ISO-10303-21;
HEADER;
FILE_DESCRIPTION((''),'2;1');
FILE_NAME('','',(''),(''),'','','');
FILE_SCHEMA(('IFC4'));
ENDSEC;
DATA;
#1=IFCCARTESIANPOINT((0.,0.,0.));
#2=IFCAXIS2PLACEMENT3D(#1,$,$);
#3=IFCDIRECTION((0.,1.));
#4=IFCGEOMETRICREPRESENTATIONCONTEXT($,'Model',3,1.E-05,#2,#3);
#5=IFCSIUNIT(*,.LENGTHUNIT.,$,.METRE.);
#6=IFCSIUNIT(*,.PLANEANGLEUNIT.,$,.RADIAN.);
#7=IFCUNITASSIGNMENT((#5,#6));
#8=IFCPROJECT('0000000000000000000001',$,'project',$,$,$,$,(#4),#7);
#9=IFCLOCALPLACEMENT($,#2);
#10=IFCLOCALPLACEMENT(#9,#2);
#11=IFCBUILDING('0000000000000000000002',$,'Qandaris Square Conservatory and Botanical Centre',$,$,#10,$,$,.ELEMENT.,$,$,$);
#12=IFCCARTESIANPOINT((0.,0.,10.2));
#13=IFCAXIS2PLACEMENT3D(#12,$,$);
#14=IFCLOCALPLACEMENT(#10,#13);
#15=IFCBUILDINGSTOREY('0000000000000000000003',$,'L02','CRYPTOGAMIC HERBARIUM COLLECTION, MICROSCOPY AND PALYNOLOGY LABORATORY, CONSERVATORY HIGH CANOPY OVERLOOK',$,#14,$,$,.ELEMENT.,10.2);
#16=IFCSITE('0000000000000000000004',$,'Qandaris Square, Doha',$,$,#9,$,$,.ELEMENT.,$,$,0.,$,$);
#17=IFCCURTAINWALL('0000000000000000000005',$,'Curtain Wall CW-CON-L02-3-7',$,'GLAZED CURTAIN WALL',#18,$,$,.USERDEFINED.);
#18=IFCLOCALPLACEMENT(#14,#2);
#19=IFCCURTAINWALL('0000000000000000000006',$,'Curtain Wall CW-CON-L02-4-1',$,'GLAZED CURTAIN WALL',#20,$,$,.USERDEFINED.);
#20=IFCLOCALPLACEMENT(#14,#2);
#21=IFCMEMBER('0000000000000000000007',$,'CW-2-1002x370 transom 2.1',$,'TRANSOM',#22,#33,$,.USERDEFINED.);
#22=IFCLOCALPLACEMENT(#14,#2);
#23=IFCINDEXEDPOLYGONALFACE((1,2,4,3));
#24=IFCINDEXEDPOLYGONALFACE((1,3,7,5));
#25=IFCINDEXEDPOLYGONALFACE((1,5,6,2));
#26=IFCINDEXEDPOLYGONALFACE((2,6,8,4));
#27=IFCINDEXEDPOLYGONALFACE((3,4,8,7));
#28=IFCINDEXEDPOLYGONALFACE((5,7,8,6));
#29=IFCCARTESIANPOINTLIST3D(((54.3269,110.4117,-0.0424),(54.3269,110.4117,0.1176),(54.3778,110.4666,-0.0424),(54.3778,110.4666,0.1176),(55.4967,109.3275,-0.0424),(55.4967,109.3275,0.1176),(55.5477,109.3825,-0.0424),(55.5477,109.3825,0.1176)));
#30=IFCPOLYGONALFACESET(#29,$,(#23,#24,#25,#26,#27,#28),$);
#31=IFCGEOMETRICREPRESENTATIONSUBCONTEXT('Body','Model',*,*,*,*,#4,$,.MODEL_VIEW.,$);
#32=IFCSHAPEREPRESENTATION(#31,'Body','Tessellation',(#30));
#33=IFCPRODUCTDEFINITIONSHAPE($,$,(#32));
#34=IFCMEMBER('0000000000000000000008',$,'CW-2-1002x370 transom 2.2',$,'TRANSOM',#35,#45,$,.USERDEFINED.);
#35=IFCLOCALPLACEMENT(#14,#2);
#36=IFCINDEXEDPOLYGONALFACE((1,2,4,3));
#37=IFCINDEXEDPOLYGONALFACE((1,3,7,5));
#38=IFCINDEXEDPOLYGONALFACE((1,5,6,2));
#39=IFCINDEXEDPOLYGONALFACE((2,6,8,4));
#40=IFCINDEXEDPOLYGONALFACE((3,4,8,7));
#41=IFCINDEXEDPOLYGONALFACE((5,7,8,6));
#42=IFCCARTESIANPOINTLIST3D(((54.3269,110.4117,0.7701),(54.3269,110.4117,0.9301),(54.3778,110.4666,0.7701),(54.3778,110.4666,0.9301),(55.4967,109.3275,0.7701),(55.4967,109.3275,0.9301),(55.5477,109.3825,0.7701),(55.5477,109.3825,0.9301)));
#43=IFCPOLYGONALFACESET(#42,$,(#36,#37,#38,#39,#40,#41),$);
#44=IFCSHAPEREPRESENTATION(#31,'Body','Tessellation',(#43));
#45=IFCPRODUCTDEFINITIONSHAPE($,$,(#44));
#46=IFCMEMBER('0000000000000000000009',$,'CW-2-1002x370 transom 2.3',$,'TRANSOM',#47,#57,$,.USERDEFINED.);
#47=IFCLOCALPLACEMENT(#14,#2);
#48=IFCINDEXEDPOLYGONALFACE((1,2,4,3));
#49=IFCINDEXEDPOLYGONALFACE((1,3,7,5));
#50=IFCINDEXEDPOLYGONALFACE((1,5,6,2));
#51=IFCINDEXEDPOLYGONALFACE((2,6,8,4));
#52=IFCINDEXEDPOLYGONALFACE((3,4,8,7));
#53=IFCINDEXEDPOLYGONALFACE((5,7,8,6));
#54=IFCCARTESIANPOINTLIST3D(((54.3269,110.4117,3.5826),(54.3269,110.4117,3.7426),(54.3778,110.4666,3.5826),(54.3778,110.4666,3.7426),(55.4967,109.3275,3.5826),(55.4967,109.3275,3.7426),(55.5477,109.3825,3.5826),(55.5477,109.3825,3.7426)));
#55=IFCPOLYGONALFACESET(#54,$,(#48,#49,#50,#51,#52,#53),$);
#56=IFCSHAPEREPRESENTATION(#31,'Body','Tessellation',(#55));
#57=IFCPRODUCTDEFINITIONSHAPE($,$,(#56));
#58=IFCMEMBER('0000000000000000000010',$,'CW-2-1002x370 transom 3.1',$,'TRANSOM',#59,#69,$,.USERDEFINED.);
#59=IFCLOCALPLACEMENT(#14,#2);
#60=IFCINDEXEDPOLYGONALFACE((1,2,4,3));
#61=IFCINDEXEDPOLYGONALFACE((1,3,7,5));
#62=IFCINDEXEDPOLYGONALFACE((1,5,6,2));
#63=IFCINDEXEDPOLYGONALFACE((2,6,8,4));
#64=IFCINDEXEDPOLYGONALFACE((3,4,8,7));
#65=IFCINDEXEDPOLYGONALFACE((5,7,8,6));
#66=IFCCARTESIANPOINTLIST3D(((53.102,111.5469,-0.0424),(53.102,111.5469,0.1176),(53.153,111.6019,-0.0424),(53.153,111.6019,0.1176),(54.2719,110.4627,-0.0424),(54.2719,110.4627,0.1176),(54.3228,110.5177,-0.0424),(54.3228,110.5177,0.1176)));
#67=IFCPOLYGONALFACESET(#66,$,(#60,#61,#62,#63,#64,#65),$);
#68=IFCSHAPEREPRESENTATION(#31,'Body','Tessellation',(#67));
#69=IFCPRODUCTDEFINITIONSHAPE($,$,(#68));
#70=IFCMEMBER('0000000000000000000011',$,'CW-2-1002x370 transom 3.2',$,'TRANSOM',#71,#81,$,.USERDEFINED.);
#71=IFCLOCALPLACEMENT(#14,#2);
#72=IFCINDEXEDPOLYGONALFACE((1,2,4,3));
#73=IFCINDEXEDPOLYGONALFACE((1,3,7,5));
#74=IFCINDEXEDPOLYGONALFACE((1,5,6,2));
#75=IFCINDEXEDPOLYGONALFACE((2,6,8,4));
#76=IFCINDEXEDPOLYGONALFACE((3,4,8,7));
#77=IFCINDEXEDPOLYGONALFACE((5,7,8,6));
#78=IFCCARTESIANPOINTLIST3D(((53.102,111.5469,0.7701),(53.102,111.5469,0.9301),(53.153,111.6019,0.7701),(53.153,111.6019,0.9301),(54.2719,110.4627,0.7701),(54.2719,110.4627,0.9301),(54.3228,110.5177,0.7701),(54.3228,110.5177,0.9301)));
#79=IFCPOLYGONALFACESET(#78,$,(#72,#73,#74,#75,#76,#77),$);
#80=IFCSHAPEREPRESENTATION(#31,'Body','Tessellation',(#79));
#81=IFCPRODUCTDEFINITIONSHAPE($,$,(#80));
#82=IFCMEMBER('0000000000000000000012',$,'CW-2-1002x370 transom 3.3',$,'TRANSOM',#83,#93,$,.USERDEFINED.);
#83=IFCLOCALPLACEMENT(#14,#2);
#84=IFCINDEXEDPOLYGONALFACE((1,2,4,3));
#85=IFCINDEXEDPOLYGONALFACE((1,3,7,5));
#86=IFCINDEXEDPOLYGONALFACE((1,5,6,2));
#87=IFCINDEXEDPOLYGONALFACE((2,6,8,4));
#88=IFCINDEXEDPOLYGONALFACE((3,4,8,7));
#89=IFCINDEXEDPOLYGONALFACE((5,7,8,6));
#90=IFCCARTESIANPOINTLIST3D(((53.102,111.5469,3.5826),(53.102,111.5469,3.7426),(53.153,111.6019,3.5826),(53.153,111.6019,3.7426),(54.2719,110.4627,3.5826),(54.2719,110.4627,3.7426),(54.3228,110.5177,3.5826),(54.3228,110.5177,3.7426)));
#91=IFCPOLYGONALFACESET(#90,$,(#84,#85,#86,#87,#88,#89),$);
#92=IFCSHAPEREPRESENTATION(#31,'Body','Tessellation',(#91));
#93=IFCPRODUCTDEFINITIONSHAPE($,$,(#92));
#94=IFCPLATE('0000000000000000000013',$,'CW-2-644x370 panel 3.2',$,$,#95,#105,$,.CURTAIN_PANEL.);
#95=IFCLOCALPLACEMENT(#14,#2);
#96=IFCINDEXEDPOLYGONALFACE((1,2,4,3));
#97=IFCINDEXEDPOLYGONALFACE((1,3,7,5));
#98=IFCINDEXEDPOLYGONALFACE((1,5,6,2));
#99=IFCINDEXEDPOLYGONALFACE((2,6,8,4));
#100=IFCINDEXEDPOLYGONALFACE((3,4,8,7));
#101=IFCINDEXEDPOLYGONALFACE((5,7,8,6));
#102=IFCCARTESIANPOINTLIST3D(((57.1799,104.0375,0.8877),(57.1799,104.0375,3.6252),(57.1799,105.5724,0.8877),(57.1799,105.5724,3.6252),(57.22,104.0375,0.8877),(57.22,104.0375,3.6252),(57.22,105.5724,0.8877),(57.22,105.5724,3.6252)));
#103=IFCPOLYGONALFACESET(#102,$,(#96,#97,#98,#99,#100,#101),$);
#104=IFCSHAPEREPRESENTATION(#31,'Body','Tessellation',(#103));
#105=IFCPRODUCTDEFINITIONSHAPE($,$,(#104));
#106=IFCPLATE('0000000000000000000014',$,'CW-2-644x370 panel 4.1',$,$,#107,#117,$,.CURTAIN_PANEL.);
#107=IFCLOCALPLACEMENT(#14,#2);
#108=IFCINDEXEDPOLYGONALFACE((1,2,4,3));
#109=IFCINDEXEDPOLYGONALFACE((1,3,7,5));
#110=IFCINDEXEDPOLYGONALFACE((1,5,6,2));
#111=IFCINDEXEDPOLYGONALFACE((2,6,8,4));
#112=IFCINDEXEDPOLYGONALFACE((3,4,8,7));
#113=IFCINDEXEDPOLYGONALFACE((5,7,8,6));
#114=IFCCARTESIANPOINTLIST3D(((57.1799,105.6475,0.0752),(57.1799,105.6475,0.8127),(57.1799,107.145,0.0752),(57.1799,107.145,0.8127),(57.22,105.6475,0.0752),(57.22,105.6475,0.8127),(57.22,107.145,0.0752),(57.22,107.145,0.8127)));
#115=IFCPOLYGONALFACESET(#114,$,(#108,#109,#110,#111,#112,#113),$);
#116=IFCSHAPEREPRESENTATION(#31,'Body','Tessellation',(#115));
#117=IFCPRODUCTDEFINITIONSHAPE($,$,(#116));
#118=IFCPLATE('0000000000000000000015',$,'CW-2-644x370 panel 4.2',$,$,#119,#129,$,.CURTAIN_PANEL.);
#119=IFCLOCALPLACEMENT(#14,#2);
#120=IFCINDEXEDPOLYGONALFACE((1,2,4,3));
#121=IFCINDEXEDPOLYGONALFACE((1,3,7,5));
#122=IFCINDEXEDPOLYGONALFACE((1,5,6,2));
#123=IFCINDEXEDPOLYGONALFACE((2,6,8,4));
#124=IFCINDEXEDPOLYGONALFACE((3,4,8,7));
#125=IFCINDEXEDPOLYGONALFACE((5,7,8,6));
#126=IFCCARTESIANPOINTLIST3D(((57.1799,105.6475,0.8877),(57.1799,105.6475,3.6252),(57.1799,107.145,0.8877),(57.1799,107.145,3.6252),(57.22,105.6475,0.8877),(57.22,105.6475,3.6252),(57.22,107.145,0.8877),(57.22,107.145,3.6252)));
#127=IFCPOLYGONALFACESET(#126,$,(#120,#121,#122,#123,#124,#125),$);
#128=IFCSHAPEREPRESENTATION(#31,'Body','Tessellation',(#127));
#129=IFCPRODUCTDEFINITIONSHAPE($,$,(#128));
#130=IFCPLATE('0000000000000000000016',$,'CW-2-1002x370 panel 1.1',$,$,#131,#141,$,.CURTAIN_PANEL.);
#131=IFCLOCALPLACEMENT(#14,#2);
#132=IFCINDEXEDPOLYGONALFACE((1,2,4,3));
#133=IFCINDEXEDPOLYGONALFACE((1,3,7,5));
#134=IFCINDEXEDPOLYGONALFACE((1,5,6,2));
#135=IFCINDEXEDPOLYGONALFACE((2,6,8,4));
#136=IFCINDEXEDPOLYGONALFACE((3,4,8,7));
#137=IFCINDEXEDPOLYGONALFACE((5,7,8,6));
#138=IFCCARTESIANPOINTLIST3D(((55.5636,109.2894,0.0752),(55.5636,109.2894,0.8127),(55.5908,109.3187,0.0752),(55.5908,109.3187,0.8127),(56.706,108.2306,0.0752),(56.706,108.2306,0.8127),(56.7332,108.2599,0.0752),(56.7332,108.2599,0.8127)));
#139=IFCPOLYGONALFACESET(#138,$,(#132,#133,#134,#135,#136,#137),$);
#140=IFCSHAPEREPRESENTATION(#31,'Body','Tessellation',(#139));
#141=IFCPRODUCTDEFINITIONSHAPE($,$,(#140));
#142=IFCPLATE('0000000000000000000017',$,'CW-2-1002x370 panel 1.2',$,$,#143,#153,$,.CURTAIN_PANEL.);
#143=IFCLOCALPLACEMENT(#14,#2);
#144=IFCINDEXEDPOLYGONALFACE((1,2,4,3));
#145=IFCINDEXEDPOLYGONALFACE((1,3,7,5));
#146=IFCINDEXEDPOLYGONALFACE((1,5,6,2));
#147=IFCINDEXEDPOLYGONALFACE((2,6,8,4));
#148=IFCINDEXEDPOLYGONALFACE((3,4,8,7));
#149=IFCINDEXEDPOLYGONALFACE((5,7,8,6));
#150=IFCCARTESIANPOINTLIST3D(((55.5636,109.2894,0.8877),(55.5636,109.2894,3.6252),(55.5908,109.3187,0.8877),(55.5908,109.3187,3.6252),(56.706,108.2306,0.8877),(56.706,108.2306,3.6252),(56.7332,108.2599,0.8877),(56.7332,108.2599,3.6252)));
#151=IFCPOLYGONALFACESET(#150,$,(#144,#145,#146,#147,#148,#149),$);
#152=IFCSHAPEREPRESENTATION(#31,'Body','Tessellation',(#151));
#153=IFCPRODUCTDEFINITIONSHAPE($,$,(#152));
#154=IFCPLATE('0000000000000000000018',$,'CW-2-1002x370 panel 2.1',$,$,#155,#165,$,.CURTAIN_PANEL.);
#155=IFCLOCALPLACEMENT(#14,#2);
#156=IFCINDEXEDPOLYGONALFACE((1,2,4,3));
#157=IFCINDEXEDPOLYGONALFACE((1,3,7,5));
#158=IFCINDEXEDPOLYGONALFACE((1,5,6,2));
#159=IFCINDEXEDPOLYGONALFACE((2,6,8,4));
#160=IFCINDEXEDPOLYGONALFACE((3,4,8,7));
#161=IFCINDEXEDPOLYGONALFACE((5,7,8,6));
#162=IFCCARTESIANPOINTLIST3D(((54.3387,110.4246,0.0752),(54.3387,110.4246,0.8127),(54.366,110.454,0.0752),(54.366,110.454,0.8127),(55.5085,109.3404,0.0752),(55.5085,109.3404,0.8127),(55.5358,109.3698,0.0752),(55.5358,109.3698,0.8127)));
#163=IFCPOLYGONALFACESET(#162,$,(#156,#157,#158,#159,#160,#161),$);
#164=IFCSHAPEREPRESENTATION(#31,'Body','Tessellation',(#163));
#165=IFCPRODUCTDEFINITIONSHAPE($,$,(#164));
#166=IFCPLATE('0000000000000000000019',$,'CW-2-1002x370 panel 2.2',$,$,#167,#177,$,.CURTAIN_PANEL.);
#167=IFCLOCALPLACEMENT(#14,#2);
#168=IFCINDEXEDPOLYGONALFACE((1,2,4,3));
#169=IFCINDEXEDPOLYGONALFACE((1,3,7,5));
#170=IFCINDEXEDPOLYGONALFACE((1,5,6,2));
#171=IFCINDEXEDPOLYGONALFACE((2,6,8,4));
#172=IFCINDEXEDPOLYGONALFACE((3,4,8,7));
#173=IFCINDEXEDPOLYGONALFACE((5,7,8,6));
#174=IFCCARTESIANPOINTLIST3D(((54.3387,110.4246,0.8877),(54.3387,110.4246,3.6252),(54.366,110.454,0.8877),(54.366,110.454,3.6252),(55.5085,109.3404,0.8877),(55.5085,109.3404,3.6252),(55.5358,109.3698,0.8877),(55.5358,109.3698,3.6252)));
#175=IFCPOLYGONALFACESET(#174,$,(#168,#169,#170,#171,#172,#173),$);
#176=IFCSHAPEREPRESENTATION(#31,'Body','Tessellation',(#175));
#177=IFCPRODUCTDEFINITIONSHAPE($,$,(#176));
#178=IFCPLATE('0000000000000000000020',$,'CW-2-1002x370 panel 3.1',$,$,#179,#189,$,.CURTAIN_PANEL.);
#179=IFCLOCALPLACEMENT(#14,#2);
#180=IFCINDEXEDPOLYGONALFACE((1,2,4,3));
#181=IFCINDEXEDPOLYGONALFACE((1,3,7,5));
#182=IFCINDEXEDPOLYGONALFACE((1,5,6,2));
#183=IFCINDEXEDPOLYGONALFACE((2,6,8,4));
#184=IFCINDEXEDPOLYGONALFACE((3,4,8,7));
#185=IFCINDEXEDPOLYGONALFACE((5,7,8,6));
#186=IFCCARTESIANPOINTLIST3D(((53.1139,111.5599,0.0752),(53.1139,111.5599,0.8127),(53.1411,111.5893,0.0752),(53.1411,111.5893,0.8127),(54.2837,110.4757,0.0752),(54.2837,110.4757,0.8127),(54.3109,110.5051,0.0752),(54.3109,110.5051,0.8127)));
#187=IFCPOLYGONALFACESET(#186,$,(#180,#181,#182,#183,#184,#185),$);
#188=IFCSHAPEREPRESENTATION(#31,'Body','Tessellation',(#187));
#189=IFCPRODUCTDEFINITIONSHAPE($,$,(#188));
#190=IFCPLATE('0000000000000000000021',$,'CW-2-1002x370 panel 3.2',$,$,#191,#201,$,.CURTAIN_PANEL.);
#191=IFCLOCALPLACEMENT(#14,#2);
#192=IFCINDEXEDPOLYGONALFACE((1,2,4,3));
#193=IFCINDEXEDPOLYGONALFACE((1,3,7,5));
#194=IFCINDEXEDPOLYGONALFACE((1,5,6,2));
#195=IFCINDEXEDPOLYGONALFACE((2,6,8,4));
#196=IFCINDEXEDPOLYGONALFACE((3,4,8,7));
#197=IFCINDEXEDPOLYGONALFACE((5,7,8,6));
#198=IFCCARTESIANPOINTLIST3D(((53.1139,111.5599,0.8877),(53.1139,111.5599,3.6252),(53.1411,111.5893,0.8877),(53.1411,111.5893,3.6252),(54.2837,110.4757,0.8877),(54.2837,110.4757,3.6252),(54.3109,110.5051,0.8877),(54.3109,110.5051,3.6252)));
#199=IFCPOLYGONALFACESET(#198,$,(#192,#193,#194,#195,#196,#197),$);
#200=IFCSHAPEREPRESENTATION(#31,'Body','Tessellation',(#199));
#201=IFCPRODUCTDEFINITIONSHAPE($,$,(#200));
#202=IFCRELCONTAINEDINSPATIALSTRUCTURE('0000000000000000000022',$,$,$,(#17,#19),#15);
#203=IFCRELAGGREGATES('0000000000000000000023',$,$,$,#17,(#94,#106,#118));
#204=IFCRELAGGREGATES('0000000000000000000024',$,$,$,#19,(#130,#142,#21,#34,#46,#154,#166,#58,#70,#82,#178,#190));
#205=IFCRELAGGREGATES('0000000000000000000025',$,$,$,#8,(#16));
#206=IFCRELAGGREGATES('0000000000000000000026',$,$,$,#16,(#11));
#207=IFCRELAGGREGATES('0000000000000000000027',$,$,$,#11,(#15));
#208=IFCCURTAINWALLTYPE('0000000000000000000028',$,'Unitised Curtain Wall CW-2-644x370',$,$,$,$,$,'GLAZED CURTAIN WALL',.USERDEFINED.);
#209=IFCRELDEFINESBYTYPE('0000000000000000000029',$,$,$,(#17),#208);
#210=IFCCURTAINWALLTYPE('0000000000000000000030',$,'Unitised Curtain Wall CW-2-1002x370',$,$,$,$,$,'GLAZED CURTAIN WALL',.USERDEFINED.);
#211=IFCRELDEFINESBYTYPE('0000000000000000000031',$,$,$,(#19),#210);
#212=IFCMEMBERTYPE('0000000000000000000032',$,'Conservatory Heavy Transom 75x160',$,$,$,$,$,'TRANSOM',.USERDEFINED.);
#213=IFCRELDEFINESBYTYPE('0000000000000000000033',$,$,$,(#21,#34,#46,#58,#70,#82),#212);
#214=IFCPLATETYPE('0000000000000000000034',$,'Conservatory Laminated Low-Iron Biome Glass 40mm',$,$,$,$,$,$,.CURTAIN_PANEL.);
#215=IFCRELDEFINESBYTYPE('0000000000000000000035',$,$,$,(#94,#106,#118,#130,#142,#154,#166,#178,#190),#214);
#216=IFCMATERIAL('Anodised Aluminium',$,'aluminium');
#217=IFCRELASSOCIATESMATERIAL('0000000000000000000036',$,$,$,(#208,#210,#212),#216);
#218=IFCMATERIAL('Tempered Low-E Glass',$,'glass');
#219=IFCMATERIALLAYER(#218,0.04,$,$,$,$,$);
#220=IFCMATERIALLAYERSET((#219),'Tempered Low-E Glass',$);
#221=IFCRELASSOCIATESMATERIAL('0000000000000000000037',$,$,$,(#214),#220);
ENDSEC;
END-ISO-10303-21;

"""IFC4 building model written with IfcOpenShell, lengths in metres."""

from ifc_helpers import new_model, si_unit, direction, frame, origin, origin_2d, place, context, subcontext, project, spatial, rectangle, extrude, material, layer, layer_set, material_profile, profile_set, type_object, element, aggregate, save


model = new_model("IFC4")

# Units and contexts
model_context = context("Model", 3, precision=1e-05, world=origin(), true_north=direction((0.0, 1.0)))
body_context = subcontext(model_context, "Body", "Model", "MODEL_VIEW")
ifc_project = project(units=[si_unit("LENGTHUNIT", "METRE"), si_unit("PLANEANGLEUNIT", "RADIAN")], contexts=[model_context])

# Site, building, storey
site_placement = place(None, origin())
site = spatial("IfcSite", under=ifc_project, at=site_placement, Name="Qandaris Square, Doha", CompositionType="ELEMENT", RefElevation=0.0)
building_placement = place(site_placement, origin())
building = spatial("IfcBuilding", under=site, at=building_placement, Name="Qandaris Square Conservatory and Botanical Centre", CompositionType="ELEMENT")
storey_placement = place(building_placement, frame((0.0, 0.0, 10.2)))
storey = spatial("IfcBuildingStorey", under=building, at=storey_placement, Name="L02", Description="CRYPTOGAMIC HERBARIUM COLLECTION, MICROSCOPY AND PALYNOLOGY LABORATORY, CONSERVATORY HIGH CANOPY OVERLOOK", CompositionType="ELEMENT", Elevation=10.2)

# Curtain walls
ifc_material_1 = material(Name="Anodised Aluminium", Category="aluminium")
curtain_wall_type_1 = type_object("IfcCurtainWallType", Name="Unitised Curtain Wall CW-2-644x370", ElementType="GLAZED CURTAIN WALL", PredefinedType="USERDEFINED", material=ifc_material_1)
curtain_wall_1_placement = place(storey_placement, origin())
curtain_wall_1 = element("IfcCurtainWall", 1, at=curtain_wall_1_placement, inside=storey, type_object=curtain_wall_type_1, Name="Curtain Wall CW-CON-L02-3-7", ObjectType="GLAZED CURTAIN WALL", PredefinedType="USERDEFINED")
curtain_wall_type_2 = type_object("IfcCurtainWallType", Name="Unitised Curtain Wall CW-2-1002x370", ElementType="GLAZED CURTAIN WALL", PredefinedType="USERDEFINED", material=ifc_material_1)
curtain_wall_2_placement = place(storey_placement, origin())
curtain_wall_2 = element("IfcCurtainWall", 2, at=curtain_wall_2_placement, inside=storey, type_object=curtain_wall_type_2, Name="Curtain Wall CW-CON-L02-4-1", ObjectType="GLAZED CURTAIN WALL", PredefinedType="USERDEFINED")

# Members
ifc_material_profile_1 = material_profile(ifc_material_1, rectangle(XDim=0.075, YDim=0.1599, at=origin_2d()), Name="ALU-TRN 75x160")
ifc_profile_set_1 = profile_set([ifc_material_profile_1], Name="Anodised Aluminium")
member_type_1 = type_object("IfcMemberType", Name="Conservatory Heavy Transom 75x160", ElementType="TRANSOM", PredefinedType="USERDEFINED", material=ifc_profile_set_1)
member_1_placement = place(storey_placement, frame((55.5222, 109.355, 0.0376), z_axis=(-0.733458, 0.679735, 0.0), x_axis=(-0.679735, -0.733458, 0.0)))
member_1 = element("IfcMember", 3, at=member_1_placement, type_object=member_type_1, Name="CW-2-1002x370 transom 2.1", ObjectType="TRANSOM", PredefinedType="USERDEFINED", context=body_context, shape_type="SweptSolid", body=[
    extrude(rectangle(XDim=0.075, YDim=0.1599, at=origin_2d()), origin(), (0.0, 0.0, 1.0), 1.595),
])
member_2_placement = place(storey_placement, frame((55.5222, 109.355, 0.8501), z_axis=(-0.733458, 0.679735, 0.0), x_axis=(-0.679735, -0.733458, 0.0)))
member_2 = element("IfcMember", 4, at=member_2_placement, type_object=member_type_1, Name="CW-2-1002x370 transom 2.2", ObjectType="TRANSOM", PredefinedType="USERDEFINED", context=body_context, shape_type="SweptSolid", body=[
    extrude(rectangle(XDim=0.075, YDim=0.1599, at=origin_2d()), origin(), (0.0, 0.0, 1.0), 1.595),
])
member_3_placement = place(storey_placement, frame((55.5222, 109.355, 3.6626), z_axis=(-0.733458, 0.679735, 0.0), x_axis=(-0.679735, -0.733458, 0.0)))
member_3 = element("IfcMember", 5, at=member_3_placement, type_object=member_type_1, Name="CW-2-1002x370 transom 2.3", ObjectType="TRANSOM", PredefinedType="USERDEFINED", context=body_context, shape_type="SweptSolid", body=[
    extrude(rectangle(XDim=0.075, YDim=0.1599, at=origin_2d()), origin(), (0.0, 0.0, 1.0), 1.595),
])
member_4_placement = place(storey_placement, frame((54.2974, 110.4902, 0.0376), z_axis=(-0.733458, 0.679735, 0.0), x_axis=(-0.679735, -0.733458, 0.0)))
member_4 = element("IfcMember", 6, at=member_4_placement, type_object=member_type_1, Name="CW-2-1002x370 transom 3.1", ObjectType="TRANSOM", PredefinedType="USERDEFINED", context=body_context, shape_type="SweptSolid", body=[
    extrude(rectangle(XDim=0.075, YDim=0.1599, at=origin_2d()), origin(), (0.0, 0.0, 1.0), 1.595),
])
member_5_placement = place(storey_placement, frame((54.2974, 110.4902, 0.8501), z_axis=(-0.733458, 0.679735, 0.0), x_axis=(-0.679735, -0.733458, 0.0)))
member_5 = element("IfcMember", 7, at=member_5_placement, type_object=member_type_1, Name="CW-2-1002x370 transom 3.2", ObjectType="TRANSOM", PredefinedType="USERDEFINED", context=body_context, shape_type="SweptSolid", body=[
    extrude(rectangle(XDim=0.075, YDim=0.1599, at=origin_2d()), origin(), (0.0, 0.0, 1.0), 1.595),
])
member_6_placement = place(storey_placement, frame((54.2974, 110.4902, 3.6626), z_axis=(-0.733458, 0.679735, 0.0), x_axis=(-0.679735, -0.733458, 0.0)))
member_6 = element("IfcMember", 8, at=member_6_placement, type_object=member_type_1, Name="CW-2-1002x370 transom 3.3", ObjectType="TRANSOM", PredefinedType="USERDEFINED", context=body_context, shape_type="SweptSolid", body=[
    extrude(rectangle(XDim=0.075, YDim=0.1599, at=origin_2d()), origin(), (0.0, 0.0, 1.0), 1.595),
])

# Plates
ifc_material_2 = material(Name="Tempered Low-E Glass", Category="glass")
ifc_layer = layer(ifc_material_2, 0.04)
ifc_layer_set = layer_set([ifc_layer], Name="Tempered Low-E Glass")
plate_type = type_object("IfcPlateType", Name="Conservatory Laminated Low-Iron Biome Glass 40mm", PredefinedType="CURTAIN_PANEL", material=ifc_layer_set)
plate_1_placement = place(storey_placement, frame((57.2, 104.8049, 0.8877), z_axis=(0.0, 0.0, 1.0), x_axis=(0.0, 1.0, 0.0)))
plate_1 = element("IfcPlate", 9, at=plate_1_placement, type_object=plate_type, Name="CW-2-644x370 panel 3.2", PredefinedType="CURTAIN_PANEL", context=body_context, shape_type="SweptSolid", body=[
    extrude(rectangle(XDim=1.5349, YDim=0.04, at=origin_2d()), origin(), (0.0, 0.0, 1.0), 2.7375),
])
plate_2_placement = place(storey_placement, frame((57.2, 106.3962, 0.0752), z_axis=(0.0, 0.0, 1.0), x_axis=(0.0, 1.0, 0.0)))
plate_2 = element("IfcPlate", 10, at=plate_2_placement, type_object=plate_type, Name="CW-2-644x370 panel 4.1", PredefinedType="CURTAIN_PANEL", context=body_context, shape_type="SweptSolid", body=[
    extrude(rectangle(XDim=1.4976, YDim=0.04, at=origin_2d()), origin(), (0.0, 0.0, 1.0), 0.7375),
])
plate_3_placement = place(storey_placement, frame((57.2, 106.3962, 0.8877), z_axis=(0.0, 0.0, 1.0), x_axis=(0.0, 1.0, 0.0)))
plate_3 = element("IfcPlate", 11, at=plate_3_placement, type_object=plate_type, Name="CW-2-644x370 panel 4.2", PredefinedType="CURTAIN_PANEL", context=body_context, shape_type="SweptSolid", body=[
    extrude(rectangle(XDim=1.4976, YDim=0.04, at=origin_2d()), origin(), (0.0, 0.0, 1.0), 2.7375),
])
aggregate(curtain_wall_1, [plate_1, plate_2, plate_3])
plate_4_placement = place(storey_placement, frame((56.1484, 108.7747, 0.0752), z_axis=(0.0, 0.0, 1.0), x_axis=(-0.733433, 0.679762, 0.0)))
plate_4 = element("IfcPlate", 12, at=plate_4_placement, type_object=plate_type, Name="CW-2-1002x370 panel 1.1", PredefinedType="CURTAIN_PANEL", context=body_context, shape_type="SweptSolid", body=[
    extrude(rectangle(XDim=1.5576, YDim=0.04, at=origin_2d()), origin(), (0.0, 0.0, 1.0), 0.7375),
])
plate_5_placement = place(storey_placement, frame((56.1484, 108.7747, 0.8877), z_axis=(0.0, 0.0, 1.0), x_axis=(-0.733433, 0.679762, 0.0)))
plate_5 = element("IfcPlate", 13, at=plate_5_placement, type_object=plate_type, Name="CW-2-1002x370 panel 1.2", PredefinedType="CURTAIN_PANEL", context=body_context, shape_type="SweptSolid", body=[
    extrude(rectangle(XDim=1.5576, YDim=0.04, at=origin_2d()), origin(), (0.0, 0.0, 1.0), 2.7375),
])
plate_6_placement = place(storey_placement, frame((54.9373, 109.8972, 0.0752), z_axis=(0.0, 0.0, 1.0), x_axis=(-0.733433, 0.679762, 0.0)))
plate_6 = element("IfcPlate", 14, at=plate_6_placement, type_object=plate_type, Name="CW-2-1002x370 panel 2.1", PredefinedType="CURTAIN_PANEL", context=body_context, shape_type="SweptSolid", body=[
    extrude(rectangle(XDim=1.595, YDim=0.04, at=origin_2d()), origin(), (0.0, 0.0, 1.0), 0.7375),
])
plate_7_placement = place(storey_placement, frame((54.9373, 109.8972, 0.8877), z_axis=(0.0, 0.0, 1.0), x_axis=(-0.733433, 0.679762, 0.0)))
plate_7 = element("IfcPlate", 15, at=plate_7_placement, type_object=plate_type, Name="CW-2-1002x370 panel 2.2", PredefinedType="CURTAIN_PANEL", context=body_context, shape_type="SweptSolid", body=[
    extrude(rectangle(XDim=1.595, YDim=0.04, at=origin_2d()), origin(), (0.0, 0.0, 1.0), 2.7375),
])
plate_8_placement = place(storey_placement, frame((53.7124, 111.0325, 0.0752), z_axis=(0.0, 0.0, 1.0), x_axis=(-0.733433, 0.679762, 0.0)))
plate_8 = element("IfcPlate", 16, at=plate_8_placement, type_object=plate_type, Name="CW-2-1002x370 panel 3.1", PredefinedType="CURTAIN_PANEL", context=body_context, shape_type="SweptSolid", body=[
    extrude(rectangle(XDim=1.595, YDim=0.04, at=origin_2d()), origin(), (0.0, 0.0, 1.0), 0.7375),
])
plate_9_placement = place(storey_placement, frame((53.7124, 111.0325, 0.8877), z_axis=(0.0, 0.0, 1.0), x_axis=(-0.733433, 0.679762, 0.0)))
plate_9 = element("IfcPlate", 17, at=plate_9_placement, type_object=plate_type, Name="CW-2-1002x370 panel 3.2", PredefinedType="CURTAIN_PANEL", context=body_context, shape_type="SweptSolid", body=[
    extrude(rectangle(XDim=1.595, YDim=0.04, at=origin_2d()), origin(), (0.0, 0.0, 1.0), 2.7375),
])
aggregate(curtain_wall_2, [plate_4, plate_5, member_1, member_2, member_3, plate_6, plate_7, member_4, member_5, member_6, plate_8, plate_9])

save(model, "model.ifc")
